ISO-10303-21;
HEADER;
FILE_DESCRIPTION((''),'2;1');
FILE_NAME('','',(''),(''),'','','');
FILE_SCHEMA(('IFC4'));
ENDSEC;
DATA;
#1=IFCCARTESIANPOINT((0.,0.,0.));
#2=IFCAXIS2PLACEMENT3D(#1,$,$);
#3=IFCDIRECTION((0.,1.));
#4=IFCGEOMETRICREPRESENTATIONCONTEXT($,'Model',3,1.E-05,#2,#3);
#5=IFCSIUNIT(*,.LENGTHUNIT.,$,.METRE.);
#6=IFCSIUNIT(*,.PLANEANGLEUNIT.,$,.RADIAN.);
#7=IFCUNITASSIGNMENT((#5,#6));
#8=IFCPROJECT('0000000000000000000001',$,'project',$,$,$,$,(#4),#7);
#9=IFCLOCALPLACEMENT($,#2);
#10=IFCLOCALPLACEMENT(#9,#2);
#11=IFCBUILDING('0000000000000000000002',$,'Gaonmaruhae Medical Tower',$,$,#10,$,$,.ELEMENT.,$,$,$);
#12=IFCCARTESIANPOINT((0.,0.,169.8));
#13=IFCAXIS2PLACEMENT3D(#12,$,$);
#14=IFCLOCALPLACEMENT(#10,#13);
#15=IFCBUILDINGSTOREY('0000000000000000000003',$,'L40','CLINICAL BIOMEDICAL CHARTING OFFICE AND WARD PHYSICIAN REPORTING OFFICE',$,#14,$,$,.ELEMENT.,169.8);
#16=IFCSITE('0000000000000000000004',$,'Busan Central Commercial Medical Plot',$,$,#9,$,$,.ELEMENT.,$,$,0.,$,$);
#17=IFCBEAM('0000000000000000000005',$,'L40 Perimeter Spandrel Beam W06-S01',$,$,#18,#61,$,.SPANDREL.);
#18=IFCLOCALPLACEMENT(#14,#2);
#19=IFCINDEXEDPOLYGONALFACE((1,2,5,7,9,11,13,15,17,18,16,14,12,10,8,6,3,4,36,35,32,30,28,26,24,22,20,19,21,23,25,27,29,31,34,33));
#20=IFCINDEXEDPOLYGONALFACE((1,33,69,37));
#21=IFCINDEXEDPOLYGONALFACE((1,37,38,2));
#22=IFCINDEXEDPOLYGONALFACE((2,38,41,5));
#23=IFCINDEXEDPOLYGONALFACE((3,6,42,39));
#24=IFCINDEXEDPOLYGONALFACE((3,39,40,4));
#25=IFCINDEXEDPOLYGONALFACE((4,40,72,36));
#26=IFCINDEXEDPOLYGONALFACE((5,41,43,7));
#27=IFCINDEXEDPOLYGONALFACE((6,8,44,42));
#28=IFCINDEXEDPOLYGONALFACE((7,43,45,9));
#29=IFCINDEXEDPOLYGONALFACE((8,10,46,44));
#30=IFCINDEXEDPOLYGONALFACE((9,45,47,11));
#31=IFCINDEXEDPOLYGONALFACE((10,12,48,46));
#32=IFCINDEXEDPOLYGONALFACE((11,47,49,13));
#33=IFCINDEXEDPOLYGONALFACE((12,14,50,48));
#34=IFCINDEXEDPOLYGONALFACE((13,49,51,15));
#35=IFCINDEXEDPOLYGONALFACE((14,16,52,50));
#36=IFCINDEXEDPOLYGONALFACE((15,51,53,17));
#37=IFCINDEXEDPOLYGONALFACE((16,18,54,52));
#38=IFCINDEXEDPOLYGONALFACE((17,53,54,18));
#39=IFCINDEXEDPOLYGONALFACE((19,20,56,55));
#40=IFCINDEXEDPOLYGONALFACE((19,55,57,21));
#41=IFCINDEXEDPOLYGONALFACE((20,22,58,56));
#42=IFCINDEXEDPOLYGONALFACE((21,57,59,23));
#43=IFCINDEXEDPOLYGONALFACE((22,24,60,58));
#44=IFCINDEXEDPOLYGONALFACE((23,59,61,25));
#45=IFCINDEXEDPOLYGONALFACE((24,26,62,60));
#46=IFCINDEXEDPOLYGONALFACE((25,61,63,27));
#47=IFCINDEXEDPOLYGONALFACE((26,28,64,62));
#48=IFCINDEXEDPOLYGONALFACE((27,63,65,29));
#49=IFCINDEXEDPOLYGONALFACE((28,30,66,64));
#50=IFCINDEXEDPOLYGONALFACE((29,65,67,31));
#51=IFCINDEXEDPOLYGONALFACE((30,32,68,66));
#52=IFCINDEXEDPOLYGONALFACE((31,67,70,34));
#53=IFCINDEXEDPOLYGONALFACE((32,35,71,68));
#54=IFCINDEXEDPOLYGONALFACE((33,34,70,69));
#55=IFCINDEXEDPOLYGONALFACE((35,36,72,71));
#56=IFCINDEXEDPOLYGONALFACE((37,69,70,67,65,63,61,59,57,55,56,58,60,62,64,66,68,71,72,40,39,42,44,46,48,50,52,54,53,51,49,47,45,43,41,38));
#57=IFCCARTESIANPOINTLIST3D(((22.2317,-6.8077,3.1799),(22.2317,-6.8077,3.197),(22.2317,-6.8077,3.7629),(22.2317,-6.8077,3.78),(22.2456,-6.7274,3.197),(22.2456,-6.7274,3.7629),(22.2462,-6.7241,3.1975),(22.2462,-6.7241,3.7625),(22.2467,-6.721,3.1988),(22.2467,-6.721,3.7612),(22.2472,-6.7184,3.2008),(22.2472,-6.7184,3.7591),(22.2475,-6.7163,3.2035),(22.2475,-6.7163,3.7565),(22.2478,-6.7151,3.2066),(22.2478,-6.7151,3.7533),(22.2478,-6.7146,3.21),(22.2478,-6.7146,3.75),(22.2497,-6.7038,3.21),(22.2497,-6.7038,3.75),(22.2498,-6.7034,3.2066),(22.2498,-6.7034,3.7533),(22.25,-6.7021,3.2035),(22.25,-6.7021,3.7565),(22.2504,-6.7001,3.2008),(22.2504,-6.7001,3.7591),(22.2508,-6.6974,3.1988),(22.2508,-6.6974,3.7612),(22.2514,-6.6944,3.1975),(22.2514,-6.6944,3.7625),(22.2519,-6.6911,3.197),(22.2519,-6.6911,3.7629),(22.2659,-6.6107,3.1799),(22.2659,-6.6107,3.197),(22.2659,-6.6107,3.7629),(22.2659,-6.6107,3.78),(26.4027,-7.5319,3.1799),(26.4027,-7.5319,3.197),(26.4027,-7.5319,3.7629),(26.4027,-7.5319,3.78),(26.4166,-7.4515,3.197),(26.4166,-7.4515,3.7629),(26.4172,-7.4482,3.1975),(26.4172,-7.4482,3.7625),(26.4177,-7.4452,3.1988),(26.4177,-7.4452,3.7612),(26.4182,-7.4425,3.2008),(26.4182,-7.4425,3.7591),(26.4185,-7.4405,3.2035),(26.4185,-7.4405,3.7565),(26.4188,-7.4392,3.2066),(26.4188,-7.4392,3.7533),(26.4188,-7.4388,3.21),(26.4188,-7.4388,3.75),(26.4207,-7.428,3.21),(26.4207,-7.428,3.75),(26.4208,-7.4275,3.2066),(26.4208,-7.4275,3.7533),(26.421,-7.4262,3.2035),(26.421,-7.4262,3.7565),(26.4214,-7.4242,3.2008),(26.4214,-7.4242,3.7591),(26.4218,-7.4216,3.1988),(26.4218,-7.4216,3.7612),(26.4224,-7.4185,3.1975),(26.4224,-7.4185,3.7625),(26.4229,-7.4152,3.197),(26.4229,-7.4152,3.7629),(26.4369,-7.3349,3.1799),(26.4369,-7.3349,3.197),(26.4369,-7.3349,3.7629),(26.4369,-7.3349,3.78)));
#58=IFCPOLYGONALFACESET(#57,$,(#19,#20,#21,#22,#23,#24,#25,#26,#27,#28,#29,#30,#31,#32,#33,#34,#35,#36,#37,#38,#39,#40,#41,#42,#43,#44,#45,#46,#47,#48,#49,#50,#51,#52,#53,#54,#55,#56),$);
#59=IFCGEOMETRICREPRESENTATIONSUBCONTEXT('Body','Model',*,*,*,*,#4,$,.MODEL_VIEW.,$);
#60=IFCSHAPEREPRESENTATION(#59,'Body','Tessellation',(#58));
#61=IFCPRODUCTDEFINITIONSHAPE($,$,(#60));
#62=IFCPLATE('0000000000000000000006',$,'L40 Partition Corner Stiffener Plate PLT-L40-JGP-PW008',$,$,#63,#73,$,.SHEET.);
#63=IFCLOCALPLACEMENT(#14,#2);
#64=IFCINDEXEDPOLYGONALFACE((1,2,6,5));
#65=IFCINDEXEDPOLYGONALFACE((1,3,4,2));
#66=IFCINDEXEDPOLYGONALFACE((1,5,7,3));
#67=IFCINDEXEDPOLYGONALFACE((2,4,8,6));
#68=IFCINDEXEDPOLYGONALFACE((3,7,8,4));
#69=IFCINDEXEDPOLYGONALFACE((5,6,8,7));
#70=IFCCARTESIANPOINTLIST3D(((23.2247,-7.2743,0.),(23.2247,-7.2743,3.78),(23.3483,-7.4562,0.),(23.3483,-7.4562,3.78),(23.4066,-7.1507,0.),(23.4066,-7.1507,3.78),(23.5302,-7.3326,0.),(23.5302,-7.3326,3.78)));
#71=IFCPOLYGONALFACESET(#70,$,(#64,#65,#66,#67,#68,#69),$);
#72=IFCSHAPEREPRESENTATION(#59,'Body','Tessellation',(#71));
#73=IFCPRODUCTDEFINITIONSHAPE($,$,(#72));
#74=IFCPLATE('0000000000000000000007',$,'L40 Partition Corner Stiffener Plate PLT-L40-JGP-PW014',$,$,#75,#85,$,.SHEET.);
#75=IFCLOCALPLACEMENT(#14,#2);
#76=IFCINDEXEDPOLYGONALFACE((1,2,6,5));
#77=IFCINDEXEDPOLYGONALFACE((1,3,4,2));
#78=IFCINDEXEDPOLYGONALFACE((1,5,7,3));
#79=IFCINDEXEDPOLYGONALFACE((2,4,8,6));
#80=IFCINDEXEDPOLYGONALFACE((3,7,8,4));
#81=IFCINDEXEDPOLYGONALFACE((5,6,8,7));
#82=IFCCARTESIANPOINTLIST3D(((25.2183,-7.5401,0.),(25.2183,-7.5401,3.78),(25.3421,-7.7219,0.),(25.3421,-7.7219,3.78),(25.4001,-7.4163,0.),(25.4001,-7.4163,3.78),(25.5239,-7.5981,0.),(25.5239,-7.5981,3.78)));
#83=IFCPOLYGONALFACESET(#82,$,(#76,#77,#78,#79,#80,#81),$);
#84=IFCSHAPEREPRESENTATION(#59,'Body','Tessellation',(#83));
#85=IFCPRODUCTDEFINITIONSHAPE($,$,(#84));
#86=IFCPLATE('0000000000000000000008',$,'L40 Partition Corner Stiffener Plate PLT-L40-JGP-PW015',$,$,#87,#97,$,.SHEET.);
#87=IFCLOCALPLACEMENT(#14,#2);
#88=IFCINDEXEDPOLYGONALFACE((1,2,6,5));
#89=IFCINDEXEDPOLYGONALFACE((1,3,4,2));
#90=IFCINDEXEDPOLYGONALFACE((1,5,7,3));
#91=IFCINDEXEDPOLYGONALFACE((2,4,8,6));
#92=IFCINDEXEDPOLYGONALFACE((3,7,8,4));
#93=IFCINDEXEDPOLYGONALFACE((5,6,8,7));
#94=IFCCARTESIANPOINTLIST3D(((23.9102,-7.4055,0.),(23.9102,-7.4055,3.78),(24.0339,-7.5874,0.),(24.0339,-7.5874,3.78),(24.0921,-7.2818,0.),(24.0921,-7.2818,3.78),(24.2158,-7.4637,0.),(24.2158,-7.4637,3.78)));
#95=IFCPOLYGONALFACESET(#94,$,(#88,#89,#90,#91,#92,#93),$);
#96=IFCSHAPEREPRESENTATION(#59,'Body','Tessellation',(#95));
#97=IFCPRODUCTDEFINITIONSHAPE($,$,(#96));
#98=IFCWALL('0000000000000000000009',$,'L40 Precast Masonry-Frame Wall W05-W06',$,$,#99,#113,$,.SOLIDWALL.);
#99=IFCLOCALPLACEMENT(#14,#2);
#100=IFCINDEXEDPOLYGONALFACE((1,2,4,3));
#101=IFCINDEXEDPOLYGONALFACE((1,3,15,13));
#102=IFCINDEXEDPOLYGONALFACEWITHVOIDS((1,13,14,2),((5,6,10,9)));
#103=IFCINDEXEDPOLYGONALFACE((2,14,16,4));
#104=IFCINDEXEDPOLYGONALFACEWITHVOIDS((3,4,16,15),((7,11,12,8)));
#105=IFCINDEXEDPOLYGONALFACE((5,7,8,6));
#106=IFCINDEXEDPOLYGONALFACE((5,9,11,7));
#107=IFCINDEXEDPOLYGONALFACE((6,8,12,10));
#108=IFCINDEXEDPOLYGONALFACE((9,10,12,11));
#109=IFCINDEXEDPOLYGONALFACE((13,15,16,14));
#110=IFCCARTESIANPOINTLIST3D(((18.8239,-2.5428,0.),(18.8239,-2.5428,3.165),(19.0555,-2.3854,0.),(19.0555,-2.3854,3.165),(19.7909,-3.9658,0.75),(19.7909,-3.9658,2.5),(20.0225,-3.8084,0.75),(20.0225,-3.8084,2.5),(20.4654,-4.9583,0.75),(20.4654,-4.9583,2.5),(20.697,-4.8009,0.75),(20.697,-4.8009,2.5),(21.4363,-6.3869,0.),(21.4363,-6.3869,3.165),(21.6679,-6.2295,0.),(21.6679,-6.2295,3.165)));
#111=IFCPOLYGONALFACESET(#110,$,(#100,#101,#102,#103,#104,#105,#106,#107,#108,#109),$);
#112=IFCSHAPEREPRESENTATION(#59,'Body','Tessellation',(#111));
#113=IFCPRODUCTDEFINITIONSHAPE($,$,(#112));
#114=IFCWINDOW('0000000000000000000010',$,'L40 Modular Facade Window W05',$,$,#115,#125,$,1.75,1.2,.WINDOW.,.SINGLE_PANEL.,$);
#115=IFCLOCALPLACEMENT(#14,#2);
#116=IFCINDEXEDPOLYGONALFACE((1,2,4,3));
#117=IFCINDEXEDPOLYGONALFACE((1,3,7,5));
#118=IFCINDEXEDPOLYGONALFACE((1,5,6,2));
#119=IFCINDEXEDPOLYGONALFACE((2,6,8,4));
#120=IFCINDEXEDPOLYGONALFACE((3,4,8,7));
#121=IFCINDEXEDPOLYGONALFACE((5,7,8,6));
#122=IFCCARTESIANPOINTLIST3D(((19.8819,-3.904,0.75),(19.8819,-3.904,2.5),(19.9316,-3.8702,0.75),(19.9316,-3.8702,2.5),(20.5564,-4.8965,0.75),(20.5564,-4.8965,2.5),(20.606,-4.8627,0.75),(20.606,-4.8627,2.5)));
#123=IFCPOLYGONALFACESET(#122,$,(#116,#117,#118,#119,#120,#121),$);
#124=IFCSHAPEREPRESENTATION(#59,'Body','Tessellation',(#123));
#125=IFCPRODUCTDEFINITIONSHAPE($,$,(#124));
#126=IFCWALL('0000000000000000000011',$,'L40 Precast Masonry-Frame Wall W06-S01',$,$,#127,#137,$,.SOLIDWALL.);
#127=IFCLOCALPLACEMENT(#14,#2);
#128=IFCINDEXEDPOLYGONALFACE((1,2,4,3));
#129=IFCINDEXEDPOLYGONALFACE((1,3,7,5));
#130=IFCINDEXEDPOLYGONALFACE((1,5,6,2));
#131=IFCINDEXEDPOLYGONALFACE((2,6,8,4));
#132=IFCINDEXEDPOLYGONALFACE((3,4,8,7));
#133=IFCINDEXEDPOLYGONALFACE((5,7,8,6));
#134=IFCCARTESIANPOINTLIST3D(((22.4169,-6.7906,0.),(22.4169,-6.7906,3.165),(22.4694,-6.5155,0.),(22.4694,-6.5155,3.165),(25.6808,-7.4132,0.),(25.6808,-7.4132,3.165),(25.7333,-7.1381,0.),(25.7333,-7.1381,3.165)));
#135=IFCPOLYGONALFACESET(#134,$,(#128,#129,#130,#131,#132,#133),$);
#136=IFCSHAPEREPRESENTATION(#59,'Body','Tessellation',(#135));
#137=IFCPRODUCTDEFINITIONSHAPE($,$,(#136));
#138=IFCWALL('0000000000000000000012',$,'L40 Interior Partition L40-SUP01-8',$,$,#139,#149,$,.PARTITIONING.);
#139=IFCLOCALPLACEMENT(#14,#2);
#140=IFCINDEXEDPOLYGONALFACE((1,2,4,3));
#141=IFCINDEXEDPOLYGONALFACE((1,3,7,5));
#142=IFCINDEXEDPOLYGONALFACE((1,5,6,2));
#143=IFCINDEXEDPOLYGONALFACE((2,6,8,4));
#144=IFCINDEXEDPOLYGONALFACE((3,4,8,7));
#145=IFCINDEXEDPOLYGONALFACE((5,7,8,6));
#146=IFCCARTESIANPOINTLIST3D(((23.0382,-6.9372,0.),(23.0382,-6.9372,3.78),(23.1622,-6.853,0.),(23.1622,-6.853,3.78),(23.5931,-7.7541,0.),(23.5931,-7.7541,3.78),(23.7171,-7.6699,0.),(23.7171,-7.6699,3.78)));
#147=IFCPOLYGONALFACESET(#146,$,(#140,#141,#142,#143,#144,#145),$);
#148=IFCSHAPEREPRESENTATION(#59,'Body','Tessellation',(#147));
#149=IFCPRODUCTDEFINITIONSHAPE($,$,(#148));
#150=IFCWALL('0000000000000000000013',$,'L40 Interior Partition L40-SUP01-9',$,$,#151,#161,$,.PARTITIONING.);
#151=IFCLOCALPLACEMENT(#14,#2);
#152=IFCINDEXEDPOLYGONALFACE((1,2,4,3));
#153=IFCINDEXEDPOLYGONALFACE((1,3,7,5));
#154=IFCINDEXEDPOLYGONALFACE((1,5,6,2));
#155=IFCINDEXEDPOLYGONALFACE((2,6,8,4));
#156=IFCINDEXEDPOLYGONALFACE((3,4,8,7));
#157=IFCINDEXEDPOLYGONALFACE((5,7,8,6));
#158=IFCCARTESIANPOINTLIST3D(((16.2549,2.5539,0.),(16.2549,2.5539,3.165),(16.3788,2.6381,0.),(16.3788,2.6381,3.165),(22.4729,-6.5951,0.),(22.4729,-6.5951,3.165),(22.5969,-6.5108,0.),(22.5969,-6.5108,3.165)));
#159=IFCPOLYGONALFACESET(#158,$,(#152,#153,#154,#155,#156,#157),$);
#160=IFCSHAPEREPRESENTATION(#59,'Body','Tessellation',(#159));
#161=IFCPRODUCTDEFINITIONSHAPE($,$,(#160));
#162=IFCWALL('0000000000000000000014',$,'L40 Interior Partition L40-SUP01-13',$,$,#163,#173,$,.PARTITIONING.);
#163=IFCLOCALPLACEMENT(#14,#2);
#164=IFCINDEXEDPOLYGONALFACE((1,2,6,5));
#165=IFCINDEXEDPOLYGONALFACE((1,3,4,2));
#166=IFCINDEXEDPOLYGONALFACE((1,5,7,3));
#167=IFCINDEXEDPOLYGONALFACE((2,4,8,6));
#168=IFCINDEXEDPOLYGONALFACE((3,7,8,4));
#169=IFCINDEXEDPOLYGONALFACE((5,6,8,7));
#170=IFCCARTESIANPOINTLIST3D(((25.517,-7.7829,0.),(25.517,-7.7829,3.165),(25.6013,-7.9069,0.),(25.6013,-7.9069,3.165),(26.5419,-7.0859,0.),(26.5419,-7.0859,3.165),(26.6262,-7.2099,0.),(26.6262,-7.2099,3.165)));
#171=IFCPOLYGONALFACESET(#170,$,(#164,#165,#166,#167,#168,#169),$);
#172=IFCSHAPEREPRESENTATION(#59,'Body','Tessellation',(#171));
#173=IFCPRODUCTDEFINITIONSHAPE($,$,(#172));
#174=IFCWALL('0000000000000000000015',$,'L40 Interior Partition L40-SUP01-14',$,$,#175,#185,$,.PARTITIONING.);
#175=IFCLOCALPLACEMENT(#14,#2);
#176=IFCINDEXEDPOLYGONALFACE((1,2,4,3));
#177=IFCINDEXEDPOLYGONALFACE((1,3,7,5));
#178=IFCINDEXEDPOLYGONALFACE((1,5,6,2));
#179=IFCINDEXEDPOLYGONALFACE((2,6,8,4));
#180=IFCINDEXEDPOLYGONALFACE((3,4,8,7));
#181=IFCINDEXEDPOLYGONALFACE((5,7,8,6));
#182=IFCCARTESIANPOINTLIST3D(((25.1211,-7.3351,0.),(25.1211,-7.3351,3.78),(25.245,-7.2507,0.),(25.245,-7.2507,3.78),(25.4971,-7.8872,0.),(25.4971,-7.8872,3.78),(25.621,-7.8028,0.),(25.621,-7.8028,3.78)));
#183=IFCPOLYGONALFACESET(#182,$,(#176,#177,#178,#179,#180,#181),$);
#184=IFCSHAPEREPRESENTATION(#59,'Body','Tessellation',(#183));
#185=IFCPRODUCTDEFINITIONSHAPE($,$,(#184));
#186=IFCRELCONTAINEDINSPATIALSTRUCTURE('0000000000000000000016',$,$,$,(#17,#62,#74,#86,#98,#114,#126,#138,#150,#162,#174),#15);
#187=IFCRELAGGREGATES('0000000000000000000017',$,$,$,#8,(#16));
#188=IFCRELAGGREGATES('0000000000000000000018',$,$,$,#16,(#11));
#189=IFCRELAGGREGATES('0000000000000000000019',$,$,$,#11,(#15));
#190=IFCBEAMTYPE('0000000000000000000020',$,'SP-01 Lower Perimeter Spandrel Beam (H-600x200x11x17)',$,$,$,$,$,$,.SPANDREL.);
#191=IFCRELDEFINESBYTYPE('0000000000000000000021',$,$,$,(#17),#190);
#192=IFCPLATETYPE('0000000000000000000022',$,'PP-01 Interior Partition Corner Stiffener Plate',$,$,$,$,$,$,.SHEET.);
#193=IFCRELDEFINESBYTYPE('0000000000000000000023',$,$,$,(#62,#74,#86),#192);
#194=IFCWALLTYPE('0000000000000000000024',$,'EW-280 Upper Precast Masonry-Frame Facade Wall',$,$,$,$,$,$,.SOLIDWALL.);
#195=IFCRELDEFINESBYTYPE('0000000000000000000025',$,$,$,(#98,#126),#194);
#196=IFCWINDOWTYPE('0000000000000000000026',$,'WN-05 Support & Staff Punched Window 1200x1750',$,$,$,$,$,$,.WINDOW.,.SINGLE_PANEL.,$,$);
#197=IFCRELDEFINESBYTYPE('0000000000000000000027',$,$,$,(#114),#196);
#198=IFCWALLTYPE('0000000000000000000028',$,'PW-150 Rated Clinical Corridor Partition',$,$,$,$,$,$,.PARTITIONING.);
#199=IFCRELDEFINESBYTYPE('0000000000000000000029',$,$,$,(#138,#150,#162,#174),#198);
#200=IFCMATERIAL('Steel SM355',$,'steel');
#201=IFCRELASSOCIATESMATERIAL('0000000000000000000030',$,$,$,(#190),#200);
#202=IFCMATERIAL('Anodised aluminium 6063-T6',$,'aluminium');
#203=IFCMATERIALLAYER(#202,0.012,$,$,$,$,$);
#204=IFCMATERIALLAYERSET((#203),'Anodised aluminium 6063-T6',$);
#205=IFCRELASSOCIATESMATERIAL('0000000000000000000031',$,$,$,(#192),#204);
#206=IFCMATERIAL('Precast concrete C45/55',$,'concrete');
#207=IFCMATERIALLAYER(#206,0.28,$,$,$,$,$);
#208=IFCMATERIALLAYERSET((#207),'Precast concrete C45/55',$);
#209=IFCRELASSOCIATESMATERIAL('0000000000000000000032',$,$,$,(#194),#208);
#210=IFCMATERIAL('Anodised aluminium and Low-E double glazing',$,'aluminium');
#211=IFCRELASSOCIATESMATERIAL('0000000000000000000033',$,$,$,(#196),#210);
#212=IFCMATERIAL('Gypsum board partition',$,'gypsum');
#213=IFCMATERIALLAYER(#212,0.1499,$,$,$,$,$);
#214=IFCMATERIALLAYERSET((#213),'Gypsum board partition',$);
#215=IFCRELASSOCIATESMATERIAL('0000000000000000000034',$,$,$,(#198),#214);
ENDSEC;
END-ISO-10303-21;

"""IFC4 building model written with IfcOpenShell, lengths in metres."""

from ifc_helpers import new_model, si_unit, direction, frame, frame_2d, origin, origin_2d, place, context, subcontext, project, spatial, rectangle, i_section, extrude, material, layer, layer_set, material_profile, profile_set, type_object, element, fill, save


model = new_model("IFC4")

# Units and contexts
model_context = context("Model", 3, precision=1e-05, world=origin(), true_north=direction((0.0, 1.0)))
body_context = subcontext(model_context, "Body", "Model", "MODEL_VIEW")
ifc_project = project(units=[si_unit("LENGTHUNIT", "METRE"), si_unit("PLANEANGLEUNIT", "RADIAN")], contexts=[model_context])

# Site, building, storey
site_placement = place(None, origin())
site = spatial("IfcSite", under=ifc_project, at=site_placement, Name="Busan Central Commercial Medical Plot", CompositionType="ELEMENT", RefElevation=0.0)
building_placement = place(site_placement, origin())
building = spatial("IfcBuilding", under=site, at=building_placement, Name="Gaonmaruhae Medical Tower", CompositionType="ELEMENT")
storey_placement = place(building_placement, frame((0.0, 0.0, 169.8)))
storey = spatial("IfcBuildingStorey", under=building, at=storey_placement, Name="L40", Description="CLINICAL BIOMEDICAL CHARTING OFFICE AND WARD PHYSICIAN REPORTING OFFICE", CompositionType="ELEMENT", Elevation=169.8)

# Beam
ifc_material_1 = material(Name="Steel SM355", Category="steel")
ifc_material_profile_1 = material_profile(ifc_material_1, i_section(OverallWidth=0.2, OverallDepth=0.6001, WebThickness=0.011, FlangeThickness=0.0171, FilletRadius=0.0129, at=origin_2d()), Name="H-600x200x11x17")
ifc_profile_set_1 = profile_set([ifc_material_profile_1], Name="Steel SM355")
beam_type_1 = type_object("IfcBeamType", Name="SP-01 Lower Perimeter Spandrel Beam (H-600x200x11x17)", PredefinedType="SPANDREL", material=ifc_profile_set_1)
beam_1_placement = place(storey_placement, frame((22.2488, -6.7092, 3.48), z_axis=(0.985262, -0.171054, 0.0), x_axis=(0.171054, 0.985262, 0.0)))
element("IfcBeam", 1, at=beam_1_placement, inside=storey, type_object=beam_type_1, Name="L40 Perimeter Spandrel Beam W06-S01", PredefinedType="SPANDREL", context=body_context, shape_type="SweptSolid", body=[
    extrude(i_section(OverallWidth=0.2, OverallDepth=0.6001, WebThickness=0.011, FlangeThickness=0.0171, FilletRadius=0.0129, at=origin_2d()), origin(), (0.0, 0.0, 1.0), 4.2334),
])

# Plates
ifc_material_2 = material(Name="Anodised aluminium 6063-T6", Category="aluminium")
ifc_layer_1 = layer(ifc_material_2, 0.012)
ifc_layer_set_1 = layer_set([ifc_layer_1], Name="Anodised aluminium 6063-T6")
plate_type = type_object("IfcPlateType", Name="PP-01 Interior Partition Corner Stiffener Plate", PredefinedType="SHEET", material=ifc_layer_set_1)
for number, where, z_axis, x_axis, name in (
    (2, (23.3774, -7.3035, 0.0), (0.0, 0.0, 1.0), (-0.561925, 0.827188, 0.0), "L40 Partition Corner Stiffener Plate PLT-L40-JGP-PW008"),
    (3, (25.3711, -7.5691, 0.0), (0.0, 0.0, 1.0), (-0.562964, 0.826482, 0.0), "L40 Partition Corner Stiffener Plate PLT-L40-JGP-PW014"),
    (4, (24.063, -7.4346, 0.0), (0.0, 0.0, 1.0), (-0.826875, -0.562386, 0.0), "L40 Partition Corner Stiffener Plate PLT-L40-JGP-PW015"),
):
    element("IfcPlate", number, at=place(storey_placement, frame(where, z_axis=z_axis, x_axis=x_axis)), inside=storey, type_object=plate_type, Name=name, PredefinedType="SHEET", context=body_context, shape_type="SweptSolid", body=[
        extrude(rectangle(XDim=0.22, YDim=0.22, at=origin_2d()), origin(), (0.0, 0.0, 1.0), 3.78),
    ])

# Wall, opening, window
ifc_material_3 = material(Name="Precast concrete C45/55", Category="concrete")
ifc_layer_2 = layer(ifc_material_3, 0.28)
ifc_layer_set_2 = layer_set([ifc_layer_2], Name="Precast concrete C45/55")
wall_type_1 = type_object("IfcWallType", Name="EW-280 Upper Precast Masonry-Frame Facade Wall", PredefinedType="SOLIDWALL", material=ifc_layer_set_2)
wall_1_placement = place(storey_placement, frame((21.552, -6.3081, 0.0), z_axis=(0.0, 0.0, 1.0), x_axis=(-0.562073, 0.827088, 0.0)))
wall_1 = element("IfcWall", 5, at=wall_1_placement, inside=storey, type_object=wall_type_1, Name="L40 Precast Masonry-Frame Wall W05-W06", PredefinedType="SOLIDWALL", context=body_context, shape_type="SweptSolid", body=[
    extrude(rectangle(XDim=4.6477, YDim=0.28, at=frame_2d((2.3237, 0.0))), origin(), (0.0, 0.0, 1.0), 3.165),
])
opening_placement = place(wall_1_placement, frame((1.7271, 0.0, 0.75)))
opening = element("IfcOpeningElement", 6, at=opening_placement, cuts=wall_1, PredefinedType="OPENING", context=body_context, shape_type="SweptSolid", body=[
    extrude(rectangle(XDim=1.2, YDim=1.75, at=frame_2d((0.6001, 0.875))), frame((0.0, 0.1499, 0.0), z_axis=(0.0, -1.0, 0.0), x_axis=(1.0, 0.0, 0.0)), (0.0, 0.0, 1.0), 0.3),
])
ifc_material_4 = material(Name="Anodised aluminium and Low-E double glazing", Category="aluminium")
window_type = type_object("IfcWindowType", Name="WN-05 Support & Staff Punched Window 1200x1750", PartitioningType="SINGLE_PANEL", PredefinedType="WINDOW", material=ifc_material_4)
window_placement = place(opening_placement, origin())
window = element("IfcWindow", 7, at=window_placement, inside=storey, type_object=window_type, Name="L40 Modular Facade Window W05", OverallHeight=1.75, OverallWidth=1.2, PartitioningType="SINGLE_PANEL", PredefinedType="WINDOW", context=body_context, shape_type="SweptSolid", body=[
    extrude(rectangle(XDim=1.2, YDim=1.75, at=frame_2d((0.6001, 0.875))), frame((0.0, 0.03, 0.0), z_axis=(0.0, -1.0, 0.0), x_axis=(1.0, 0.0, 0.0)), (0.0, 0.0, 1.0), 0.0601),
])
fill(opening, window)

# Walls
wall_2_placement = place(storey_placement, frame((25.707, -7.2756, 0.0), z_axis=(0.0, 0.0, 1.0), x_axis=(-0.982291, 0.187362, 0.0)))
element("IfcWall", 8, at=wall_2_placement, inside=storey, type_object=wall_type_1, Name="L40 Precast Masonry-Frame Wall W06-S01", PredefinedType="SOLIDWALL", context=body_context, shape_type="SweptSolid", body=[
    extrude(rectangle(XDim=3.3228, YDim=0.28, at=frame_2d((1.6614, 0.0))), origin(), (0.0, 0.0, 1.0), 3.165),
])
ifc_material_5 = material(Name="Gypsum board partition", Category="gypsum")
ifc_layer_3 = layer(ifc_material_5, 0.1499)
ifc_layer_set_3 = layer_set([ifc_layer_3], Name="Gypsum board partition")
wall_type_2 = type_object("IfcWallType", Name="PW-150 Rated Clinical Corridor Partition", PredefinedType="PARTITIONING", material=ifc_layer_set_3)
wall_3_placement = place(storey_placement, frame((23.655, -7.7119, 0.0), z_axis=(0.0, 0.0, 1.0), x_axis=(-0.561925, 0.827189, 0.0)))
element("IfcWall", 9, at=wall_3_placement, inside=storey, type_object=wall_type_2, Name="L40 Interior Partition L40-SUP01-8", PredefinedType="PARTITIONING", context=body_context, shape_type="SweptSolid", body=[
    extrude(rectangle(XDim=0.9875, YDim=0.1499, at=frame_2d((0.4937, 0.0))), origin(), (0.0, 0.0, 1.0), 3.78),
])
wall_4_placement = place(storey_placement, frame((22.5349, -6.553, 0.0), z_axis=(0.0, 0.0, 1.0), x_axis=(-0.562109, 0.827063, 0.0)))
element("IfcWall", 10, at=wall_4_placement, inside=storey, type_object=wall_type_2, Name="L40 Interior Partition L40-SUP01-9", PredefinedType="PARTITIONING", context=body_context, shape_type="SweptSolid", body=[
    extrude(rectangle(XDim=11.062, YDim=0.1499, at=frame_2d((5.531, 0.0))), origin(), (0.0, 0.0, 1.0), 3.165),
])
wall_5_placement = place(storey_placement, frame((26.584, -7.1479, 0.0), z_axis=(0.0, 0.0, 1.0), x_axis=(-0.826894, -0.562359, 0.0)))
element("IfcWall", 11, at=wall_5_placement, inside=storey, type_object=wall_type_2, Name="L40 Interior Partition L40-SUP01-13", PredefinedType="PARTITIONING", context=body_context, shape_type="SweptSolid", body=[
    extrude(rectangle(XDim=1.2395, YDim=0.1499, at=frame_2d((0.6196, 0.0))), origin(), (0.0, 0.0, 1.0), 3.165),
])
wall_6_placement = place(storey_placement, frame((25.5591, -7.845, 0.0), z_axis=(0.0, 0.0, 1.0), x_axis=(-0.56294, 0.826498, 0.0)))
element("IfcWall", 12, at=wall_6_placement, inside=storey, type_object=wall_type_2, Name="L40 Interior Partition L40-SUP01-14", PredefinedType="PARTITIONING", context=body_context, shape_type="SweptSolid", body=[
    extrude(rectangle(XDim=0.668, YDim=0.1499, at=frame_2d((0.334, 0.0))), origin(), (0.0, 0.0, 1.0), 3.78),
])

save(model, "model.ifc")
